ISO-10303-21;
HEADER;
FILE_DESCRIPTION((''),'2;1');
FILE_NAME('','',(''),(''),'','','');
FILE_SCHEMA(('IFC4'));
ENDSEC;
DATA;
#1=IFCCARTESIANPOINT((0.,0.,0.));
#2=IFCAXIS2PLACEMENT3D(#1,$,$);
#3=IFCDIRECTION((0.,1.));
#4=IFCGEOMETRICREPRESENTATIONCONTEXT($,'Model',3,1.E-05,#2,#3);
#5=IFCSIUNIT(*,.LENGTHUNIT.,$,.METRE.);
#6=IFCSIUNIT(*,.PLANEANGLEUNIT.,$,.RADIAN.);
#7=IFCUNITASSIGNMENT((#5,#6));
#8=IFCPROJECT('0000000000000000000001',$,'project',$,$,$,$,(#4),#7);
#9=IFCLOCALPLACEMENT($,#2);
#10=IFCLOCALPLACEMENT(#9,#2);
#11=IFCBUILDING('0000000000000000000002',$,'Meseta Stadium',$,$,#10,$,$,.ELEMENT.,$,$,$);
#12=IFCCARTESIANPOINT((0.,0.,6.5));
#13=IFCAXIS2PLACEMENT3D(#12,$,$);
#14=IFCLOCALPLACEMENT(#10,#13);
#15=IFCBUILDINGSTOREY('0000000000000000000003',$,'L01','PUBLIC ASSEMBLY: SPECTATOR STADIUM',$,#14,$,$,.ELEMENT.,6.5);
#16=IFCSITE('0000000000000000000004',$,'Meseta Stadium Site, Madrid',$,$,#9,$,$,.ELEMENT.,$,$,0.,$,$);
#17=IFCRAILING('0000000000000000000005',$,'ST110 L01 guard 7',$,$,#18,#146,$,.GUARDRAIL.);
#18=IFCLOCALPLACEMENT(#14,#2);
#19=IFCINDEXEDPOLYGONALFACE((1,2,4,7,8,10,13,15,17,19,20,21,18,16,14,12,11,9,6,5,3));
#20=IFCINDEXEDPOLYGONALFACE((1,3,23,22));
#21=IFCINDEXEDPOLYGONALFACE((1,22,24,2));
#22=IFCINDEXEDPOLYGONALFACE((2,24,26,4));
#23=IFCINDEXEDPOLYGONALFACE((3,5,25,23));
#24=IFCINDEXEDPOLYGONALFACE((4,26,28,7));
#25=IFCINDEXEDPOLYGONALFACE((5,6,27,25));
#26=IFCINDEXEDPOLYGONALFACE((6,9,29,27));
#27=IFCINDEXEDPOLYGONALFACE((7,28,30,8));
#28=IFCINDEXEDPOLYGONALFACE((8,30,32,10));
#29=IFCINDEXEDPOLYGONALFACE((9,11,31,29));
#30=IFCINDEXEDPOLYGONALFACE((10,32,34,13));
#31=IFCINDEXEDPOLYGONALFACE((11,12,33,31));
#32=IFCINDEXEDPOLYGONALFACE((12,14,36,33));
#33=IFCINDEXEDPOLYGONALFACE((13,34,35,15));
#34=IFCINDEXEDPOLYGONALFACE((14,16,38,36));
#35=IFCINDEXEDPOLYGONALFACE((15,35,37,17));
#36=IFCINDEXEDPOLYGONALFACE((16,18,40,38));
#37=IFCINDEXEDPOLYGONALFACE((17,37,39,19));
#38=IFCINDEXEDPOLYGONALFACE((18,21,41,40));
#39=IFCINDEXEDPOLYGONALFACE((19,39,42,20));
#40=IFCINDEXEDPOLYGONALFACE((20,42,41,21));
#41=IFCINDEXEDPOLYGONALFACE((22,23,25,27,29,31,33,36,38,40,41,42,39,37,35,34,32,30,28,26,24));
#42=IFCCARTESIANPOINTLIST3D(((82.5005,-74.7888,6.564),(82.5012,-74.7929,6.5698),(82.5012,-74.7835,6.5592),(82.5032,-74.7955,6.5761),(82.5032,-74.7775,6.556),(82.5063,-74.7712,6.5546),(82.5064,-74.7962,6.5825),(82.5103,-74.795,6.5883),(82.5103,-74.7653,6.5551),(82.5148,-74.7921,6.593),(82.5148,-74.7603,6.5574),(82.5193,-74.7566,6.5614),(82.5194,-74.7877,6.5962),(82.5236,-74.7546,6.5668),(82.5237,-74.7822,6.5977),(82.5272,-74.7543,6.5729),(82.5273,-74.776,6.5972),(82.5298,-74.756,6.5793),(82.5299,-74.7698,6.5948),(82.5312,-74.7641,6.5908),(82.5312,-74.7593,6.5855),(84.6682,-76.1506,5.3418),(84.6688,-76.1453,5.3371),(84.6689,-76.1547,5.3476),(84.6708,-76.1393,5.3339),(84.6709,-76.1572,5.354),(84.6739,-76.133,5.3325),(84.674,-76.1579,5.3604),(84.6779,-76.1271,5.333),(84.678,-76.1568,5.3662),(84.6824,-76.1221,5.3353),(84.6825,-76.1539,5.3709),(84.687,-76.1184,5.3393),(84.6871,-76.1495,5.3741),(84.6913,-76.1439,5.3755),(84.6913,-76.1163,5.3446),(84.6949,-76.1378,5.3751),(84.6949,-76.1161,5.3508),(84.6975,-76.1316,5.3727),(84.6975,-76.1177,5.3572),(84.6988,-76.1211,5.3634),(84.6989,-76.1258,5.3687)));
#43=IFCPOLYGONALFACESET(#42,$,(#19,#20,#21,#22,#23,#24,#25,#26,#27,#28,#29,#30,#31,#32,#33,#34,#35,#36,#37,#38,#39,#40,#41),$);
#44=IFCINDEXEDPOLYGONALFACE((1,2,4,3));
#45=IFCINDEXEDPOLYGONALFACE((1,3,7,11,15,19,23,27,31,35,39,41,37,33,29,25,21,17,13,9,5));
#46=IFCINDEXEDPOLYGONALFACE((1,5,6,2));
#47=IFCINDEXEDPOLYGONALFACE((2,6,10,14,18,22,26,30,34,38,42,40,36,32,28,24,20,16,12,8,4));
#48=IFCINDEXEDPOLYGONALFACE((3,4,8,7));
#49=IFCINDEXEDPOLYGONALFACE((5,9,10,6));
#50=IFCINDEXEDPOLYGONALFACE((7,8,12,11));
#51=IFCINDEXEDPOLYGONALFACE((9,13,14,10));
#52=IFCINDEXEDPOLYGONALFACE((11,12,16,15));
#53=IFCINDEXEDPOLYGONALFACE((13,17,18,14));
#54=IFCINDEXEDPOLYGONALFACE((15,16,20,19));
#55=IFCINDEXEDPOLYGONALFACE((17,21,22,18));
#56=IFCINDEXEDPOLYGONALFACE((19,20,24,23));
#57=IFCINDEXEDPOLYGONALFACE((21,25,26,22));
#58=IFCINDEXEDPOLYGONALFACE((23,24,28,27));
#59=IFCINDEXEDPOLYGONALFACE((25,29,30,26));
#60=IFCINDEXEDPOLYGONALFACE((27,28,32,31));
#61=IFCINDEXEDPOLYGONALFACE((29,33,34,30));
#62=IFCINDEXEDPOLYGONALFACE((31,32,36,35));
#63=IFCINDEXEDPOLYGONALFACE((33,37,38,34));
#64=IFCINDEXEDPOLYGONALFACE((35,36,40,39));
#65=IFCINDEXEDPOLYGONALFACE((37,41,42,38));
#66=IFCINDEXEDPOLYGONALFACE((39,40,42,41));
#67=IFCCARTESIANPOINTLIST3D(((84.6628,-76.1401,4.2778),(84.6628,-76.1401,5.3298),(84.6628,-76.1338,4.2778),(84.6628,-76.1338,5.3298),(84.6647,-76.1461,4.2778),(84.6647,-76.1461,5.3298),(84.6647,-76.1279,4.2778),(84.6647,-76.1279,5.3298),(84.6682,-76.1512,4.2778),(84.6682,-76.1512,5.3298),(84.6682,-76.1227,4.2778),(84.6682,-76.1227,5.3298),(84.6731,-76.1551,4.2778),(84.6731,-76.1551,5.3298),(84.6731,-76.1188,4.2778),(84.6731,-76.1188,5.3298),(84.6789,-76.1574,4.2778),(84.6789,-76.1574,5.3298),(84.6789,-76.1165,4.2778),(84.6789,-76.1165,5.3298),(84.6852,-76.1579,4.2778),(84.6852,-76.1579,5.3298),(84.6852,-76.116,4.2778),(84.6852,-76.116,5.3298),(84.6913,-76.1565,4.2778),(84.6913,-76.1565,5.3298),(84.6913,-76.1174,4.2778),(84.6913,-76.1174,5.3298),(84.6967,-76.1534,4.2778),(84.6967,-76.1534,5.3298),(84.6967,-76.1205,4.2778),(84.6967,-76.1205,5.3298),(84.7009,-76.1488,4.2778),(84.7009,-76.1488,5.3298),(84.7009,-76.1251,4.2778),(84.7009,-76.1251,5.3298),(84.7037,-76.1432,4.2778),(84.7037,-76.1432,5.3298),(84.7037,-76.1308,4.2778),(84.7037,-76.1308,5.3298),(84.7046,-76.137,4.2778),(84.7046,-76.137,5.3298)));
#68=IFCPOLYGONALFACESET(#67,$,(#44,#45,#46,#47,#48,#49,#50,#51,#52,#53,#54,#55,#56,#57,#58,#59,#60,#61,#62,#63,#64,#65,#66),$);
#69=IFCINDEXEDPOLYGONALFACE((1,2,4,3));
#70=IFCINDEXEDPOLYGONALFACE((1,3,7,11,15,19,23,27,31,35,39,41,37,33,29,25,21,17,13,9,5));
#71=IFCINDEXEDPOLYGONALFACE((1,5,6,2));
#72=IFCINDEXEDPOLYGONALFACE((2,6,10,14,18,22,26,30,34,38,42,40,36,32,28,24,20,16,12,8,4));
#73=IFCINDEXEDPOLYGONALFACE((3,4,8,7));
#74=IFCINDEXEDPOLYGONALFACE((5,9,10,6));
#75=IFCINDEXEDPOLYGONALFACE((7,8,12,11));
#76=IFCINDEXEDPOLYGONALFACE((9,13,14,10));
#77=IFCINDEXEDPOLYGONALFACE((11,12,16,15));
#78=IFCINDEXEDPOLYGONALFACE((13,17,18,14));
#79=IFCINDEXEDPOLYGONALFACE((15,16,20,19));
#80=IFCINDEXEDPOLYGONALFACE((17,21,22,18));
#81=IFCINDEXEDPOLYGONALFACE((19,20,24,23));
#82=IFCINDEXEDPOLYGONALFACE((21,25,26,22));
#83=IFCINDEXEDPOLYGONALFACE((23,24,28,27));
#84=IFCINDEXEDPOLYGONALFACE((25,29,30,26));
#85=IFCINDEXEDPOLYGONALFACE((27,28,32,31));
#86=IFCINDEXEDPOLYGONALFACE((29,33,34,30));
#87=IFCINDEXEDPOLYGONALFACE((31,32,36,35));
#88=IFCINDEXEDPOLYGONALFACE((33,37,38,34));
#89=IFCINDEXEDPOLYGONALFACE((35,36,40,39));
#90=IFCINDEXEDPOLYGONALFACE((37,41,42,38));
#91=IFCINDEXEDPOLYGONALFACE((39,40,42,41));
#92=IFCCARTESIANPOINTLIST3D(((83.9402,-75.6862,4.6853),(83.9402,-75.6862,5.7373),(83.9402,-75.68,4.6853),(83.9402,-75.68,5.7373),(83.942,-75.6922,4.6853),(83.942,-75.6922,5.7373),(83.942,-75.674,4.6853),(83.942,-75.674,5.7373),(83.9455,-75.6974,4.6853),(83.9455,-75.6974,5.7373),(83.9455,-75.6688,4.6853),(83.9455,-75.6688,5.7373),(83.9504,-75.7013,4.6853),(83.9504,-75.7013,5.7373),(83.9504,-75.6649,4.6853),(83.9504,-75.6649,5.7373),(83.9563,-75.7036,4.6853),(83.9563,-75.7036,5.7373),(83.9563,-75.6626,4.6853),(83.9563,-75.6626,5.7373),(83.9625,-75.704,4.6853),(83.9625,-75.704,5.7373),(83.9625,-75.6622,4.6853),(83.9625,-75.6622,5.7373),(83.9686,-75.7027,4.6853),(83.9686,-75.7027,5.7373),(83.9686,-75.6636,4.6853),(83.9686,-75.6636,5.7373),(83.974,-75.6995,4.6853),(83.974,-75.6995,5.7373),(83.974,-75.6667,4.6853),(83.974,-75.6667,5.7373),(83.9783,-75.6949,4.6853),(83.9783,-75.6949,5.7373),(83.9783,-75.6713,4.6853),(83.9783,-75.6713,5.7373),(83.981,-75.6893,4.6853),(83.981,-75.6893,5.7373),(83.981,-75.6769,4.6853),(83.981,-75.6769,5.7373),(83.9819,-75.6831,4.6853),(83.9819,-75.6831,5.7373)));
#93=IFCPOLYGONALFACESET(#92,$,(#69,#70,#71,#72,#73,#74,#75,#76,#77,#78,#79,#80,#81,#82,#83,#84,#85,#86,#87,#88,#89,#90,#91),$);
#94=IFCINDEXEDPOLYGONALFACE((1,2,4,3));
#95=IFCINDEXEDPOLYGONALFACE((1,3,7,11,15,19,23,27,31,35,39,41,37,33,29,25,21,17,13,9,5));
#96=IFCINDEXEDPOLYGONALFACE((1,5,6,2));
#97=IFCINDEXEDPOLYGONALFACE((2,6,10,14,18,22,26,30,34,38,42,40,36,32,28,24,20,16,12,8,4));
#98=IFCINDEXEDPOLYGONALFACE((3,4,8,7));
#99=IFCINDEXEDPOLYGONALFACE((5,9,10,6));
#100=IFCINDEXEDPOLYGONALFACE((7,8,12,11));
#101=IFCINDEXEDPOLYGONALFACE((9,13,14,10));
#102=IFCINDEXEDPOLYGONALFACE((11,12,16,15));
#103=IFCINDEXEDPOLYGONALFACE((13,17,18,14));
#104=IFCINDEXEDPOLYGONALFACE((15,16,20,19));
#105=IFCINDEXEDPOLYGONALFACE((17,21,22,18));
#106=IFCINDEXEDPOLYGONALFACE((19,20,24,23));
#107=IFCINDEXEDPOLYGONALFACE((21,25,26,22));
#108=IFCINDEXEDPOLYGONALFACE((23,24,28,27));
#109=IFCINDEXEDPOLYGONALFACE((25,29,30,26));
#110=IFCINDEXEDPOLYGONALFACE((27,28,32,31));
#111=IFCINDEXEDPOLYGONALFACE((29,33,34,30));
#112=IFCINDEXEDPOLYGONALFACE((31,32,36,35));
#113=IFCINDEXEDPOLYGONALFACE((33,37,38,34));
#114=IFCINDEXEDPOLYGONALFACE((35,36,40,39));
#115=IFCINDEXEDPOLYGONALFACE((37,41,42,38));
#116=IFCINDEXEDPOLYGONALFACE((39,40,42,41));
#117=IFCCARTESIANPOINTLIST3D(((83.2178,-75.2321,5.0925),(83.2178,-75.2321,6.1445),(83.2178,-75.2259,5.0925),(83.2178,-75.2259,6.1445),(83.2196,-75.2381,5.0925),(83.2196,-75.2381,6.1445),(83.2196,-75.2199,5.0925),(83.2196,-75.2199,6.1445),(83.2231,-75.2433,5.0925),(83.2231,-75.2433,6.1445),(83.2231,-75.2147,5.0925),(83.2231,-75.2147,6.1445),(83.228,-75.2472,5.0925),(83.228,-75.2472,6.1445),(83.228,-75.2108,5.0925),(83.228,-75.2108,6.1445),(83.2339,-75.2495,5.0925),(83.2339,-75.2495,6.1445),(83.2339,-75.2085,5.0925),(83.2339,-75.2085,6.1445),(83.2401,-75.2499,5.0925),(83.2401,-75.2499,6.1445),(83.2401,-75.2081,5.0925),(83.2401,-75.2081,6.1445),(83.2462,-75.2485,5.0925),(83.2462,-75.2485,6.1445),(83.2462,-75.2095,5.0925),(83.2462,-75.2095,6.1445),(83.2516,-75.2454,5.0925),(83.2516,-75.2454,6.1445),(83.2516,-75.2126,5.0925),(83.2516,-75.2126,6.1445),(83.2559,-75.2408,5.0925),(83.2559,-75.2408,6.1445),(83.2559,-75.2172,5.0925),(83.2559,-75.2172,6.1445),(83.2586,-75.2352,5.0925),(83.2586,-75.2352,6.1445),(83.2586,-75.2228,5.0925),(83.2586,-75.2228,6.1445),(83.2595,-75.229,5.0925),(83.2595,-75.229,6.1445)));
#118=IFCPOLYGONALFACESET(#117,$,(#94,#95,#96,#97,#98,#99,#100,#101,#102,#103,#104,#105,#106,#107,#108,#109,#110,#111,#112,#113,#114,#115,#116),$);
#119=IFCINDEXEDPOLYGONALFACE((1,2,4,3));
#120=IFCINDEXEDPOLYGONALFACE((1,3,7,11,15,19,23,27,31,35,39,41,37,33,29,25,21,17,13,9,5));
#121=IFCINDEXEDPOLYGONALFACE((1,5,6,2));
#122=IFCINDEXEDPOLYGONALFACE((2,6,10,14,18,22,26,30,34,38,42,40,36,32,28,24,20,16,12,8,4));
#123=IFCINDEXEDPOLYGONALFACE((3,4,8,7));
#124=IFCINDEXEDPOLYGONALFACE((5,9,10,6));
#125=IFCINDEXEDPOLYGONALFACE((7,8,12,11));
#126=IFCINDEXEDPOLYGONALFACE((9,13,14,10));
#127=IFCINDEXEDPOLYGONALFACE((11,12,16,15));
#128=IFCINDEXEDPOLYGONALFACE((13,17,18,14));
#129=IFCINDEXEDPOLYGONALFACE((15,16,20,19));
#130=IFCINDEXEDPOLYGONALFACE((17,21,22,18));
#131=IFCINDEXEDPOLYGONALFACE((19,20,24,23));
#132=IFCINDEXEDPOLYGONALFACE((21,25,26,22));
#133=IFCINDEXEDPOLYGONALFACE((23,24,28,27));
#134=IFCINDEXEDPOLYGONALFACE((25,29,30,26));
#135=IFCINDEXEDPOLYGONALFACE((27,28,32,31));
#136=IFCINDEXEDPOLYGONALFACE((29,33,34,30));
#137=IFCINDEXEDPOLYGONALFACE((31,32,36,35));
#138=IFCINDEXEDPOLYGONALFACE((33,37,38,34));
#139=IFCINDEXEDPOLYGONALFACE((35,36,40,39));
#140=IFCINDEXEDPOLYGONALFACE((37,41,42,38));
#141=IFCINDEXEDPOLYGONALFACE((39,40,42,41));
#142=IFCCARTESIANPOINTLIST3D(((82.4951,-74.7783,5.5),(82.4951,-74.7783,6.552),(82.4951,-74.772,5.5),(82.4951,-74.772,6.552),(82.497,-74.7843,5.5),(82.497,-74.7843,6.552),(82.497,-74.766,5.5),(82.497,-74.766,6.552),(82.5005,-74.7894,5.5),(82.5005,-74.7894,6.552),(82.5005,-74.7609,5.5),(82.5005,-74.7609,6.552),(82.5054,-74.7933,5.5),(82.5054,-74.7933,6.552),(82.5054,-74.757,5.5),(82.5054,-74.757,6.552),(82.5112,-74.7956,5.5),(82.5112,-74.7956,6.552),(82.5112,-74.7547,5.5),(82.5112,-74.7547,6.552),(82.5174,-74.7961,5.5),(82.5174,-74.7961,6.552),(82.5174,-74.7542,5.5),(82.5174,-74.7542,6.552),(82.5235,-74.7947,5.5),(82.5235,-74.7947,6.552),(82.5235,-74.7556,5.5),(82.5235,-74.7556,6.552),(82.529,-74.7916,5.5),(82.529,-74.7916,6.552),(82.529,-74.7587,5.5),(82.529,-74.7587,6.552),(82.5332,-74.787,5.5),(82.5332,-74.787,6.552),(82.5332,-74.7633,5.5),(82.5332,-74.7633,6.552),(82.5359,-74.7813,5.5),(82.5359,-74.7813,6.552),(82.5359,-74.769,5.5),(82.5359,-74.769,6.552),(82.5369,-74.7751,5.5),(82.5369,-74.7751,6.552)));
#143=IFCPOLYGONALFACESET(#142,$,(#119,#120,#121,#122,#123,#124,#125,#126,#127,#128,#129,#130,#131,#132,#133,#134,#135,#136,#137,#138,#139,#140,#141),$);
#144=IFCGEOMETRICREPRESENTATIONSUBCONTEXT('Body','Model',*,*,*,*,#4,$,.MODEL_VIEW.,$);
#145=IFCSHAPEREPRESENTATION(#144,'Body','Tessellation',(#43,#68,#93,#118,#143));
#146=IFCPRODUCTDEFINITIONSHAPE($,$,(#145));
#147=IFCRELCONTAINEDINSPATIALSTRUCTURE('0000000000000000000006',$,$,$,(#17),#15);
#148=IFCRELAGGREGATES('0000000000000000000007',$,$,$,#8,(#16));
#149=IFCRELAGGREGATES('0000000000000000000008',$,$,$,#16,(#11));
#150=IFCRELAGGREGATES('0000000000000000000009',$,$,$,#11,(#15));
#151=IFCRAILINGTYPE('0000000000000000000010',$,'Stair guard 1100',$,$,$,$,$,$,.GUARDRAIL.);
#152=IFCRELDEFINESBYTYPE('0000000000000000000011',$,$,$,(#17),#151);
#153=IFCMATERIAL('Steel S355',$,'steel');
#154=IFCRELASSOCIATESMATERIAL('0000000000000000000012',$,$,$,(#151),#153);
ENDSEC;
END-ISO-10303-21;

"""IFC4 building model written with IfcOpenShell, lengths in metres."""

from ifc_helpers import new_model, si_unit, direction, frame, origin, origin_2d, place, context, subcontext, project, spatial, circle, extrude, material, type_object, element, save


model = new_model("IFC4")

# Units and contexts
model_context = context("Model", 3, precision=1e-05, world=origin(), true_north=direction((0.0, 1.0)))
body_context = subcontext(model_context, "Body", "Model", "MODEL_VIEW")
ifc_project = project(units=[si_unit("LENGTHUNIT", "METRE"), si_unit("PLANEANGLEUNIT", "RADIAN")], contexts=[model_context])

# Site, building, storey
site_placement = place(None, origin())
site = spatial("IfcSite", under=ifc_project, at=site_placement, Name="Meseta Stadium Site, Madrid", CompositionType="ELEMENT", RefElevation=0.0)
building_placement = place(site_placement, origin())
building = spatial("IfcBuilding", under=site, at=building_placement, Name="Meseta Stadium", CompositionType="ELEMENT")
storey_placement = place(building_placement, frame((0.0, 0.0, 6.5)))
storey = spatial("IfcBuildingStorey", under=building, at=storey_placement, Name="L01", Description="PUBLIC ASSEMBLY: SPECTATOR STADIUM", CompositionType="ELEMENT", Elevation=6.5)

# Railing
ifc_material_1 = material(Name="Steel S355", Category="steel")
railing_type_1 = type_object("IfcRailingType", Name="Stair guard 1100", PredefinedType="GUARDRAIL", material=ifc_material_1)
railing_1_placement = place(storey_placement, frame((84.6836, -76.137, 4.2778)))
element("IfcRailing", 1, at=railing_1_placement, inside=storey, type_object=railing_type_1, Name="ST110 L01 guard 7", PredefinedType="GUARDRAIL", context=body_context, shape_type="SweptSolid", body=[
    extrude(circle(Radius=0.0239, at=origin_2d()), frame((0.0, 0.0, 1.0762), z_axis=(-0.764152, 0.480059, 0.430831), x_axis=(-0.531961, -0.846769, 0.0)), (0.0, 0.0, 1.0), 2.8367),
    extrude(circle(Radius=0.021, at=origin_2d()), origin(), (0.0, 0.0, 1.0), 1.052),
    extrude(circle(Radius=0.021, at=origin_2d()), frame((-0.7227, 0.4539, 0.4075)), (0.0, 0.0, 1.0), 1.052),
    extrude(circle(Radius=0.021, at=origin_2d()), frame((-1.4451, 0.908, 0.8147)), (0.0, 0.0, 1.0), 1.052),
    extrude(circle(Radius=0.021, at=origin_2d()), frame((-2.1677, 1.3618, 1.2222)), (0.0, 0.0, 1.0), 1.052),
])

save(model, "model.ifc")
